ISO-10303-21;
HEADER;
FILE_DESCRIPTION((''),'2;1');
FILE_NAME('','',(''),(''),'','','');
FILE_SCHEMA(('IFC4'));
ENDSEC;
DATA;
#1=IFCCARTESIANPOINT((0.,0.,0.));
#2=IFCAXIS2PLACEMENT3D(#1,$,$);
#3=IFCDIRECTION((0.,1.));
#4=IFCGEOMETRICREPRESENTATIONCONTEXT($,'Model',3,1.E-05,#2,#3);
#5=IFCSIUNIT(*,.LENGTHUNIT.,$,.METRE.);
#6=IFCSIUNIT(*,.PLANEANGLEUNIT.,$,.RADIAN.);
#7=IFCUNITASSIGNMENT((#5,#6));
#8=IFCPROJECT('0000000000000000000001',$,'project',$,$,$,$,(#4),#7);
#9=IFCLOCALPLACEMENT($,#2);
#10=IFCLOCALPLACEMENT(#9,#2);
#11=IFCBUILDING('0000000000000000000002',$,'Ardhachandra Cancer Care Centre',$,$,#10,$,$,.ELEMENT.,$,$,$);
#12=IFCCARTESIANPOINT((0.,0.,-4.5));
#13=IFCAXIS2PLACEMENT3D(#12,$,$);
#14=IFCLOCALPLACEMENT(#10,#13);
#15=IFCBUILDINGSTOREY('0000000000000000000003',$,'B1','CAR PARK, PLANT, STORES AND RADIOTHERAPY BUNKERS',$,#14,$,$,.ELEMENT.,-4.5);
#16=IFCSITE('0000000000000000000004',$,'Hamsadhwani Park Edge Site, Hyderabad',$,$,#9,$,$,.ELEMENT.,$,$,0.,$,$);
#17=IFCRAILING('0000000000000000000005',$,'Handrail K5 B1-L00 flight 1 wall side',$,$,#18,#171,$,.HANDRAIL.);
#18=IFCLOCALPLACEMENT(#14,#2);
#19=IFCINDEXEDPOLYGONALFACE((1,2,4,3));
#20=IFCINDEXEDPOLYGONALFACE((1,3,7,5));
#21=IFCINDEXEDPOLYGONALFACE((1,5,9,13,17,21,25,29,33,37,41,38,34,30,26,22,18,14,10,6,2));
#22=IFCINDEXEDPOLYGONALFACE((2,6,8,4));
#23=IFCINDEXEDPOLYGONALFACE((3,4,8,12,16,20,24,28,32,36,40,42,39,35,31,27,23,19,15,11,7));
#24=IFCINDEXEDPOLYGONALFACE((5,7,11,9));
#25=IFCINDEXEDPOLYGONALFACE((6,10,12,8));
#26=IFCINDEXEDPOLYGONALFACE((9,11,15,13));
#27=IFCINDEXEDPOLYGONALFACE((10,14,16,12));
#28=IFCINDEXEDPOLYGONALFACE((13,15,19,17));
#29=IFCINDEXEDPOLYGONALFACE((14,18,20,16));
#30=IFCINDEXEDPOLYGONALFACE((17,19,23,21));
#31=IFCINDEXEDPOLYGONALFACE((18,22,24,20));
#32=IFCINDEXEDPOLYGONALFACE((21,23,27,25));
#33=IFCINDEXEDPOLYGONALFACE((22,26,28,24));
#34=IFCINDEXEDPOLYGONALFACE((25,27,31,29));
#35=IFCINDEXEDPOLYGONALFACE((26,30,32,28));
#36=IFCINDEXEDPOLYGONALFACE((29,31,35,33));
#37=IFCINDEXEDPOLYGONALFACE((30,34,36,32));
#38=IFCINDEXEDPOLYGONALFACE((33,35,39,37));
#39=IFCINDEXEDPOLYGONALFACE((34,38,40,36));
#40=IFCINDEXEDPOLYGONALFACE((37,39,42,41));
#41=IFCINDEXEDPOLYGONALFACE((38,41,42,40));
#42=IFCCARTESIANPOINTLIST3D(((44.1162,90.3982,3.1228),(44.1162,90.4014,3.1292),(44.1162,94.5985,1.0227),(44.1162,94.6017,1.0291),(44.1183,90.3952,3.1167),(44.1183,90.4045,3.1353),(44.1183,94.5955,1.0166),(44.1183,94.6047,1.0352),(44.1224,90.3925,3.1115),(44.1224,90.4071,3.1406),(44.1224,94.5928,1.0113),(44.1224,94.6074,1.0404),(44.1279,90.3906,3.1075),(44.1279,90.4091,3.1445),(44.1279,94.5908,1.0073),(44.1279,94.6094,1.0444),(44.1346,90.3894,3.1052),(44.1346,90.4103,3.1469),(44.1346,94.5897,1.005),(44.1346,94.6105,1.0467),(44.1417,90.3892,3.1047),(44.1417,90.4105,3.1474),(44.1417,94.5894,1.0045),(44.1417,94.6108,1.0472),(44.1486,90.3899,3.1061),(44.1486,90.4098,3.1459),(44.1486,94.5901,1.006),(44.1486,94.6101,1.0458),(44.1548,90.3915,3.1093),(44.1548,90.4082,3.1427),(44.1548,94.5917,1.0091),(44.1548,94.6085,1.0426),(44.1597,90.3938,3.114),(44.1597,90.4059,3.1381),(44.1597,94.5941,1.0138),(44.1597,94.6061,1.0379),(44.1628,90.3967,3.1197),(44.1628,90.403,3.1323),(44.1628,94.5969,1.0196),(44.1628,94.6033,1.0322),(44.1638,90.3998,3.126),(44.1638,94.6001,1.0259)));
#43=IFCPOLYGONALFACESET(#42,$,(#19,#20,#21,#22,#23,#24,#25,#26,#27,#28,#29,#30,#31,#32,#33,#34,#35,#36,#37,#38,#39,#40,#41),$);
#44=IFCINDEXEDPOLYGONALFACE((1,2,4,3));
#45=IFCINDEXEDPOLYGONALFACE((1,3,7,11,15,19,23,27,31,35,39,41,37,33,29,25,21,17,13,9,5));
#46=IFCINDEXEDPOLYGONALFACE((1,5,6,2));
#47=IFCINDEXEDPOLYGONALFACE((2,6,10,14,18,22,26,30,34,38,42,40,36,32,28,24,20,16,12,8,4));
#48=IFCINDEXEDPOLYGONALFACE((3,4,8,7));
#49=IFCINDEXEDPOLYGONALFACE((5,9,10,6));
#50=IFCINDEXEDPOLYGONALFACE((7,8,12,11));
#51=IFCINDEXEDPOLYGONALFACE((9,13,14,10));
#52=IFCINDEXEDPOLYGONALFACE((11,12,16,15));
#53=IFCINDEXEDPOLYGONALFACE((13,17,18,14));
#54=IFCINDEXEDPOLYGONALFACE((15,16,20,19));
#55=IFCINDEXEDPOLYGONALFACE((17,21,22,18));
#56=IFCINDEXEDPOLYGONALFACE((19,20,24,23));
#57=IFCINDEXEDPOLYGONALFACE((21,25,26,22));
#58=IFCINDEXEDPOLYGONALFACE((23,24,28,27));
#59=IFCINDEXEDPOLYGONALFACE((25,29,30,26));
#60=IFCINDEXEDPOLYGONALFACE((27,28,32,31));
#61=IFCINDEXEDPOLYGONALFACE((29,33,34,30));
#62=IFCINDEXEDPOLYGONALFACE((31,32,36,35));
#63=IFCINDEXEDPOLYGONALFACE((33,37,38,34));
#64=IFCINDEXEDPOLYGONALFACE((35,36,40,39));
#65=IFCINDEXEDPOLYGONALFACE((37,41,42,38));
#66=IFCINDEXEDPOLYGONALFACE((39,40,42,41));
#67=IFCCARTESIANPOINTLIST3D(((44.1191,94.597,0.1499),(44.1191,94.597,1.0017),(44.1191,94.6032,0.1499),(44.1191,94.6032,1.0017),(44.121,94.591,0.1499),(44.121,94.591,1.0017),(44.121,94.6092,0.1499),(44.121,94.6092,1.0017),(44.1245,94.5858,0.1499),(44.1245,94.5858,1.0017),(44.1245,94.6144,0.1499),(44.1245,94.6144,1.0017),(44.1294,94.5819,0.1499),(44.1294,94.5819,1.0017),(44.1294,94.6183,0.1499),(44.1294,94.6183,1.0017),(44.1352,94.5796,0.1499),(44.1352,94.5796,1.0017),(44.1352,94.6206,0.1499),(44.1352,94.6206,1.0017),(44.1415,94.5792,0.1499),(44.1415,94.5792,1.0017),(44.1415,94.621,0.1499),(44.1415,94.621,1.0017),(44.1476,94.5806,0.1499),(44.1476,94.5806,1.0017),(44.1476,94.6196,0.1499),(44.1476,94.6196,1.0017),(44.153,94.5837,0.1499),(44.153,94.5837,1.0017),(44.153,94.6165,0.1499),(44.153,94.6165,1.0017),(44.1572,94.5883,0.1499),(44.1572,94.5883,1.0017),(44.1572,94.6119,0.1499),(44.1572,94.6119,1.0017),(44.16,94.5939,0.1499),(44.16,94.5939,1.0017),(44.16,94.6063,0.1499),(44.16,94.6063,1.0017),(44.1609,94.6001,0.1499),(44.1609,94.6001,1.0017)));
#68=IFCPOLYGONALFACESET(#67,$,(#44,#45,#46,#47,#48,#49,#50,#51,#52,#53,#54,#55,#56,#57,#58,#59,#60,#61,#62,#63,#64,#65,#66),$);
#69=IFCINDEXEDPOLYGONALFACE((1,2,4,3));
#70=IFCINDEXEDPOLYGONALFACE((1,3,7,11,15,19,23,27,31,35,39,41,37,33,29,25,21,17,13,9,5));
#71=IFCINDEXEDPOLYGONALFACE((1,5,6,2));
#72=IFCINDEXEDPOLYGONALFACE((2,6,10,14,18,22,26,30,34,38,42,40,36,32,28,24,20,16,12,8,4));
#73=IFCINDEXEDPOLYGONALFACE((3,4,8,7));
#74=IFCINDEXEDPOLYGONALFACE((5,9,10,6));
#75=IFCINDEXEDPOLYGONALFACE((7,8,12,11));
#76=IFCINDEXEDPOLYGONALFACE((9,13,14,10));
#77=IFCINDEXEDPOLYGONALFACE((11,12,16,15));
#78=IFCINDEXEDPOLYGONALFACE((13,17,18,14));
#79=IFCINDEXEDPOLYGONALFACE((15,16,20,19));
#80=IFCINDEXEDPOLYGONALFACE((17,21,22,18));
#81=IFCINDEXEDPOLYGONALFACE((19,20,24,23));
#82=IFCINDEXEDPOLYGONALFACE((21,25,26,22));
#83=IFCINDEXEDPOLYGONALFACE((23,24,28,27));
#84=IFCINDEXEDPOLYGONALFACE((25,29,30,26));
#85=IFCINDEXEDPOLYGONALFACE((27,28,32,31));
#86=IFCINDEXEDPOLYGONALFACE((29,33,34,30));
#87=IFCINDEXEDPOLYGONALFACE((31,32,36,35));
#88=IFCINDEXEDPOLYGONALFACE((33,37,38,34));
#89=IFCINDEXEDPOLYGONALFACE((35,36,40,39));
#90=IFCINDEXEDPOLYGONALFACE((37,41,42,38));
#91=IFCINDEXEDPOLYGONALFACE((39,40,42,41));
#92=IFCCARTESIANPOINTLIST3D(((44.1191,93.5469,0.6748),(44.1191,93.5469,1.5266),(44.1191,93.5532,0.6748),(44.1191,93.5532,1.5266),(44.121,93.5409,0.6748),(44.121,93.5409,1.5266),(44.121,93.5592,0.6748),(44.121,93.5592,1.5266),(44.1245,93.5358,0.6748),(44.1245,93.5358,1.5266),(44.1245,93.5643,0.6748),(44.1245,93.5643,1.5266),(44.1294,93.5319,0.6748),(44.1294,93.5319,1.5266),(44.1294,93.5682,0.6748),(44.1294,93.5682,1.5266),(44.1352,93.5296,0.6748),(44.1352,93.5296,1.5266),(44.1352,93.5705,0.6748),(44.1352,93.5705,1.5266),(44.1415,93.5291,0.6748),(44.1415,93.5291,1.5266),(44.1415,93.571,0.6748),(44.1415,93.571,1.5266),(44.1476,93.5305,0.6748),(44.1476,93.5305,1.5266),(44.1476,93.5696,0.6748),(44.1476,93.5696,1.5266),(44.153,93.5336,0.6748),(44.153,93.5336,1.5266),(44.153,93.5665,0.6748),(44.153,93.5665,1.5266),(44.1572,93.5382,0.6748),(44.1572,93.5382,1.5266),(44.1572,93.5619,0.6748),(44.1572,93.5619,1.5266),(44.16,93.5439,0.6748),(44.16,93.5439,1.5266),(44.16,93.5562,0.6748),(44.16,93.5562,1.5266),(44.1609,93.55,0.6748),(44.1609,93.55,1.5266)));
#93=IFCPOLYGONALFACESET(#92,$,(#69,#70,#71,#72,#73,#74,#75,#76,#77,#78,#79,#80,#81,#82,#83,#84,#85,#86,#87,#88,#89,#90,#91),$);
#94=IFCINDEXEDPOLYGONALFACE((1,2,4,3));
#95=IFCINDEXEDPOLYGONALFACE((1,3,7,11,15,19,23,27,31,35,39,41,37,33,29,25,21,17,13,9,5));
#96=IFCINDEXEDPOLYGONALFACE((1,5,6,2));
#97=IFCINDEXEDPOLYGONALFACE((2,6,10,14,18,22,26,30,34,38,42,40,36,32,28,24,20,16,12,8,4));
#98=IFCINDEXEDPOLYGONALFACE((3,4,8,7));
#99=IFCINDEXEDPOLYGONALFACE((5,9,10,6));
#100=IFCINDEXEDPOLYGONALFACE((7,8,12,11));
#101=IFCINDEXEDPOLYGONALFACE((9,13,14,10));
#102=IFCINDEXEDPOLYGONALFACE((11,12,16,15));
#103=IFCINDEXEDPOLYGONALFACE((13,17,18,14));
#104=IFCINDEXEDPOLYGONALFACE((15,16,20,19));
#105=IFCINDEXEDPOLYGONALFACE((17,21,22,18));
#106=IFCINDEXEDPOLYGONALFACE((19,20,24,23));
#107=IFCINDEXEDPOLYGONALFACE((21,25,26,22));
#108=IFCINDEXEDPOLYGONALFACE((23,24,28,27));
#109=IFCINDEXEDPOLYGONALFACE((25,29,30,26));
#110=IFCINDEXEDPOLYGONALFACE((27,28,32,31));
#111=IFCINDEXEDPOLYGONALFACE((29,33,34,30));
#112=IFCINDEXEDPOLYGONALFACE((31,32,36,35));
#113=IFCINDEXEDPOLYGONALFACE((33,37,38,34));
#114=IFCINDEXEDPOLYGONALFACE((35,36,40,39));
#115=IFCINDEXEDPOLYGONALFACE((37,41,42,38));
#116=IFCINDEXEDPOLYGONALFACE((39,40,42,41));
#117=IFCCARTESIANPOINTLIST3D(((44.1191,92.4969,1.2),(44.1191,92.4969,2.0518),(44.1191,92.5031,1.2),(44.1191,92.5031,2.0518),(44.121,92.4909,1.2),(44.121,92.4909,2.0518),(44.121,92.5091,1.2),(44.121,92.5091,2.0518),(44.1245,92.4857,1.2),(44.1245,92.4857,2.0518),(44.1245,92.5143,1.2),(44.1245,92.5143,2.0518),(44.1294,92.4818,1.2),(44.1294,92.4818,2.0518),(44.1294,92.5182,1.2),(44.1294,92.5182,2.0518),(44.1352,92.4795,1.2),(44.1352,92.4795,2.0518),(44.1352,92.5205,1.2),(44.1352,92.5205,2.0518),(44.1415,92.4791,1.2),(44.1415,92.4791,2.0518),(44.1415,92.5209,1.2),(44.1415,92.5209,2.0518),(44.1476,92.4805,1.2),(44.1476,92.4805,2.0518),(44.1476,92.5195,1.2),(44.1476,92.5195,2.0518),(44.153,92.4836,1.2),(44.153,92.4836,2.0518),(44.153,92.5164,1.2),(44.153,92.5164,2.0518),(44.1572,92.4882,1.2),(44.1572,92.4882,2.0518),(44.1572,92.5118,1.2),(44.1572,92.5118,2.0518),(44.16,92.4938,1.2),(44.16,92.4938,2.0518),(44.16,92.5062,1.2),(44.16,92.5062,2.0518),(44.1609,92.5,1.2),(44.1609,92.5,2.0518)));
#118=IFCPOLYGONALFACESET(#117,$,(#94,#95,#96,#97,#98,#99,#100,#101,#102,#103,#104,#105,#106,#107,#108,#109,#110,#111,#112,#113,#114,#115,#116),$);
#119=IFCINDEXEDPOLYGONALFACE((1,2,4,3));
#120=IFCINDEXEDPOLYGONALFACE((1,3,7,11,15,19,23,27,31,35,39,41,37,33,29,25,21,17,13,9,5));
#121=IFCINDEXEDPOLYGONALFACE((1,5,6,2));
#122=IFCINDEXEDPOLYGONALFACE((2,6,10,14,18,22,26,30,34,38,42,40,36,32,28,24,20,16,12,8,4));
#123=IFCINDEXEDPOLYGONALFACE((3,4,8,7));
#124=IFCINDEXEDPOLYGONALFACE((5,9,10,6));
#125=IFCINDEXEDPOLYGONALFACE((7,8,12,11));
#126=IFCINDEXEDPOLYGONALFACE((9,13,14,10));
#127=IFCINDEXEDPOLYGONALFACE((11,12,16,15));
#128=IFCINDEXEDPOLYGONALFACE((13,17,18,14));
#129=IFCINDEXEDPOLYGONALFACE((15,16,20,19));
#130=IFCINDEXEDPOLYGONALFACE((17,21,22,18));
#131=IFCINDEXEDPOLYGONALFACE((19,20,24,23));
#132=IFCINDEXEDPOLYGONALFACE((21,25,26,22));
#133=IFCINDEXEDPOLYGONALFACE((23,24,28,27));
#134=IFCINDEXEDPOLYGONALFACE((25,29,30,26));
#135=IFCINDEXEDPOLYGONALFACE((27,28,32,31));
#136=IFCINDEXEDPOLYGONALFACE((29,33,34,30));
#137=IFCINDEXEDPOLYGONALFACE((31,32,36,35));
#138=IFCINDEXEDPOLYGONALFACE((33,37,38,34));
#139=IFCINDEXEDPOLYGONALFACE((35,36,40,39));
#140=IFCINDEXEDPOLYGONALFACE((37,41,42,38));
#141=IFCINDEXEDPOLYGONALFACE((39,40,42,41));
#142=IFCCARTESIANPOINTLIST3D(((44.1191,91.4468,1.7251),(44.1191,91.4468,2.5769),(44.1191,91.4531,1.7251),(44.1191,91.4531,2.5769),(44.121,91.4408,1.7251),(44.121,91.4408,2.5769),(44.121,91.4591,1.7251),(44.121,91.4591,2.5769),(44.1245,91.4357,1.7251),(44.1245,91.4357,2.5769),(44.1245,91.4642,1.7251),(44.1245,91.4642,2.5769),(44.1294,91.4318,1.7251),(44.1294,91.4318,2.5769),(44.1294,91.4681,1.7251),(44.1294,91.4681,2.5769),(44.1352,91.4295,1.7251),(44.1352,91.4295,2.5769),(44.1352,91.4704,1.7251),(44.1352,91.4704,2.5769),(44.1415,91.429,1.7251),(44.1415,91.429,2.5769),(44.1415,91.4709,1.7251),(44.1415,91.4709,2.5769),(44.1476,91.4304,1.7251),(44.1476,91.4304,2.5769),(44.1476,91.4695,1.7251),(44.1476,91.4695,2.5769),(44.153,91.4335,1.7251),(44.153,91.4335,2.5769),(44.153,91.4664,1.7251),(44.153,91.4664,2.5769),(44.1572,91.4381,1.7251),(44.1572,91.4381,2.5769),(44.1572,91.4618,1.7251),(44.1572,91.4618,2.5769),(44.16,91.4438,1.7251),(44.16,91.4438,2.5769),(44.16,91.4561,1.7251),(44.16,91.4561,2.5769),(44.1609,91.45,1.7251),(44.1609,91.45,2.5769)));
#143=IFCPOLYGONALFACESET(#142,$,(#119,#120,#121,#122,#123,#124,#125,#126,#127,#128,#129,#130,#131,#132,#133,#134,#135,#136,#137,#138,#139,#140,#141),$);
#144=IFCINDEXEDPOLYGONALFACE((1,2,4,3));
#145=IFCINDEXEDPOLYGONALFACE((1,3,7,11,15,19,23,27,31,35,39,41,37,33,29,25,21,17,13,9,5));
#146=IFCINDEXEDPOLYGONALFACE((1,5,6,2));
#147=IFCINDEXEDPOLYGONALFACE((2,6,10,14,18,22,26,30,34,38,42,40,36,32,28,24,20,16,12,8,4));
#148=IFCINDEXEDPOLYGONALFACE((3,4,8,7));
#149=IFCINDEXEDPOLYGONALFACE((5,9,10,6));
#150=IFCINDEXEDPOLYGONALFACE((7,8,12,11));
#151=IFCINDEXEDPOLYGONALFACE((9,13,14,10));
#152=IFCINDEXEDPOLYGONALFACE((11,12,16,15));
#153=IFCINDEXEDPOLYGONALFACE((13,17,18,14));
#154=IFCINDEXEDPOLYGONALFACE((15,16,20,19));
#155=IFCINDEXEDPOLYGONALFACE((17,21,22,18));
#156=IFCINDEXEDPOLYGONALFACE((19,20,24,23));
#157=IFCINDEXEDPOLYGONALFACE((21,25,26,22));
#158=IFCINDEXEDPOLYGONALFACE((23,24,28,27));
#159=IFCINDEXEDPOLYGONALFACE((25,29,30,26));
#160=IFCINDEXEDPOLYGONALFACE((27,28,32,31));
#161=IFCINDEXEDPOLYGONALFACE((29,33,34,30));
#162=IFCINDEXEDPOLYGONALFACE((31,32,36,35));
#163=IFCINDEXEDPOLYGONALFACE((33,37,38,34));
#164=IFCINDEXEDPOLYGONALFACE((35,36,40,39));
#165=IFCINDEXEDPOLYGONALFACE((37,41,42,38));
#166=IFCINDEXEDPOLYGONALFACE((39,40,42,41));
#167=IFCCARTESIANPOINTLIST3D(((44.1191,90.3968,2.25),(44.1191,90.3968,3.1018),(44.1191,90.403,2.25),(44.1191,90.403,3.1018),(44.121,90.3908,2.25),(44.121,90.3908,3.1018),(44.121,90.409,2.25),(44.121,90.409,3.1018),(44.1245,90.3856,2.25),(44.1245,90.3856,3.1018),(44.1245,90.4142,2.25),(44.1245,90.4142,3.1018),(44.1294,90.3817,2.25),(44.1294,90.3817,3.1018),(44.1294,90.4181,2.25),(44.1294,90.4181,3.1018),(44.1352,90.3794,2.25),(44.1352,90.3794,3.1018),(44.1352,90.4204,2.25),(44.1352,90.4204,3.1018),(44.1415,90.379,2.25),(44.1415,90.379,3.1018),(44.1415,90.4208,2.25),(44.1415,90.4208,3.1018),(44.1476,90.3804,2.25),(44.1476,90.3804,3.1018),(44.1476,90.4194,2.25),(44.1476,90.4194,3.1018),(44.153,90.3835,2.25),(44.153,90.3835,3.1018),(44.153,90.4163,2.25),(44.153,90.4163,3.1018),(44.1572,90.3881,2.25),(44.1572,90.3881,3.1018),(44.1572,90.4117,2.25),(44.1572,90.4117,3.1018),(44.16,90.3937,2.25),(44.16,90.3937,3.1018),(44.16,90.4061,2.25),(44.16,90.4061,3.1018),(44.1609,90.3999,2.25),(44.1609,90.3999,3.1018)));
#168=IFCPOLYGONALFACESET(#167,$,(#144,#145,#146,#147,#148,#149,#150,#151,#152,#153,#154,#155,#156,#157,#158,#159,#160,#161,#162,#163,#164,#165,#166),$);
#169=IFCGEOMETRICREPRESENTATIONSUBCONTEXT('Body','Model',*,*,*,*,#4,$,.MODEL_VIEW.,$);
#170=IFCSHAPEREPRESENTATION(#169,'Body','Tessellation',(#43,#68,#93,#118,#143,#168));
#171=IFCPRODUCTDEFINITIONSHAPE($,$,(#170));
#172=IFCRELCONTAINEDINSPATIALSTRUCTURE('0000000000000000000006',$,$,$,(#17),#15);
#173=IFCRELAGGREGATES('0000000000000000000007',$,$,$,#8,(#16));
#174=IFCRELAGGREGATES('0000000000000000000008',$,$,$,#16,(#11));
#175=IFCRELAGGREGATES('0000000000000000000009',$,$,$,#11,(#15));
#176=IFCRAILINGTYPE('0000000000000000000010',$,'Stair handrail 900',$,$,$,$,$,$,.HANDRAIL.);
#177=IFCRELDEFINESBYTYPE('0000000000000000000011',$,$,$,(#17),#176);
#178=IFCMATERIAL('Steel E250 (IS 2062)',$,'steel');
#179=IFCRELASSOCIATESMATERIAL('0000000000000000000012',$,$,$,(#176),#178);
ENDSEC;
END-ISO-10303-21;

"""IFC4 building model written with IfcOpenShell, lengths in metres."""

from ifc_helpers import new_model, si_unit, direction, frame, origin, origin_2d, place, context, subcontext, project, spatial, circle, extrude, material, type_object, element, save


model = new_model("IFC4")

# Units and contexts
model_context = context("Model", 3, precision=1e-05, world=origin(), true_north=direction((0.0, 1.0)))
body_context = subcontext(model_context, "Body", "Model", "MODEL_VIEW")
ifc_project = project(units=[si_unit("LENGTHUNIT", "METRE"), si_unit("PLANEANGLEUNIT", "RADIAN")], contexts=[model_context])

# Site, building, storey
site_placement = place(None, origin())
site = spatial("IfcSite", under=ifc_project, at=site_placement, Name="Hamsadhwani Park Edge Site, Hyderabad", CompositionType="ELEMENT", RefElevation=0.0)
building_placement = place(site_placement, origin())
building = spatial("IfcBuilding", under=site, at=building_placement, Name="Ardhachandra Cancer Care Centre", CompositionType="ELEMENT")
storey_placement = place(building_placement, frame((0.0, 0.0, -4.5)))
storey = spatial("IfcBuildingStorey", under=building, at=storey_placement, Name="B1", Description="CAR PARK, PLANT, STORES AND RADIOTHERAPY BUNKERS", CompositionType="ELEMENT", Elevation=-4.5)

# Railing
ifc_material_1 = material(Name="Steel E250 (IS 2062)", Category="steel")
railing_type = type_object("IfcRailingType", Name="Stair handrail 900", PredefinedType="HANDRAIL", material=ifc_material_1)
for number, where, name in (
    (1, (44.1399, 94.6001, 0.1499), "Handrail K5 B1-L00 flight 1 wall side"),
):
    element("IfcRailing", number, at=place(storey_placement, frame(where)), inside=storey, type_object=railing_type, Name=name, PredefinedType="HANDRAIL", context=body_context, shape_type="SweptSolid", body=[
        extrude(circle(Radius=0.0239, at=origin_2d()), frame((0.0, 0.0, 0.876), z_axis=(0.0, -0.894427, 0.447214), x_axis=(1.0, 0.0, 0.0)), (0.0, 0.0, 1.0), 4.696),
        extrude(circle(Radius=0.021, at=origin_2d()), origin(), (0.0, 0.0, 1.0), 0.8518),
        extrude(circle(Radius=0.021, at=origin_2d()), frame((0.0, -1.05, 0.5249)), (0.0, 0.0, 1.0), 0.8518),
        extrude(circle(Radius=0.021, at=origin_2d()), frame((0.0, -2.1001, 1.05)), (0.0, 0.0, 1.0), 0.8518),
        extrude(circle(Radius=0.021, at=origin_2d()), frame((0.0, -3.1501, 1.5752)), (0.0, 0.0, 1.0), 0.8518),
        extrude(circle(Radius=0.021, at=origin_2d()), frame((0.0, -4.2002, 2.1001)), (0.0, 0.0, 1.0), 0.8518),
    ])

save(model, "model.ifc")
